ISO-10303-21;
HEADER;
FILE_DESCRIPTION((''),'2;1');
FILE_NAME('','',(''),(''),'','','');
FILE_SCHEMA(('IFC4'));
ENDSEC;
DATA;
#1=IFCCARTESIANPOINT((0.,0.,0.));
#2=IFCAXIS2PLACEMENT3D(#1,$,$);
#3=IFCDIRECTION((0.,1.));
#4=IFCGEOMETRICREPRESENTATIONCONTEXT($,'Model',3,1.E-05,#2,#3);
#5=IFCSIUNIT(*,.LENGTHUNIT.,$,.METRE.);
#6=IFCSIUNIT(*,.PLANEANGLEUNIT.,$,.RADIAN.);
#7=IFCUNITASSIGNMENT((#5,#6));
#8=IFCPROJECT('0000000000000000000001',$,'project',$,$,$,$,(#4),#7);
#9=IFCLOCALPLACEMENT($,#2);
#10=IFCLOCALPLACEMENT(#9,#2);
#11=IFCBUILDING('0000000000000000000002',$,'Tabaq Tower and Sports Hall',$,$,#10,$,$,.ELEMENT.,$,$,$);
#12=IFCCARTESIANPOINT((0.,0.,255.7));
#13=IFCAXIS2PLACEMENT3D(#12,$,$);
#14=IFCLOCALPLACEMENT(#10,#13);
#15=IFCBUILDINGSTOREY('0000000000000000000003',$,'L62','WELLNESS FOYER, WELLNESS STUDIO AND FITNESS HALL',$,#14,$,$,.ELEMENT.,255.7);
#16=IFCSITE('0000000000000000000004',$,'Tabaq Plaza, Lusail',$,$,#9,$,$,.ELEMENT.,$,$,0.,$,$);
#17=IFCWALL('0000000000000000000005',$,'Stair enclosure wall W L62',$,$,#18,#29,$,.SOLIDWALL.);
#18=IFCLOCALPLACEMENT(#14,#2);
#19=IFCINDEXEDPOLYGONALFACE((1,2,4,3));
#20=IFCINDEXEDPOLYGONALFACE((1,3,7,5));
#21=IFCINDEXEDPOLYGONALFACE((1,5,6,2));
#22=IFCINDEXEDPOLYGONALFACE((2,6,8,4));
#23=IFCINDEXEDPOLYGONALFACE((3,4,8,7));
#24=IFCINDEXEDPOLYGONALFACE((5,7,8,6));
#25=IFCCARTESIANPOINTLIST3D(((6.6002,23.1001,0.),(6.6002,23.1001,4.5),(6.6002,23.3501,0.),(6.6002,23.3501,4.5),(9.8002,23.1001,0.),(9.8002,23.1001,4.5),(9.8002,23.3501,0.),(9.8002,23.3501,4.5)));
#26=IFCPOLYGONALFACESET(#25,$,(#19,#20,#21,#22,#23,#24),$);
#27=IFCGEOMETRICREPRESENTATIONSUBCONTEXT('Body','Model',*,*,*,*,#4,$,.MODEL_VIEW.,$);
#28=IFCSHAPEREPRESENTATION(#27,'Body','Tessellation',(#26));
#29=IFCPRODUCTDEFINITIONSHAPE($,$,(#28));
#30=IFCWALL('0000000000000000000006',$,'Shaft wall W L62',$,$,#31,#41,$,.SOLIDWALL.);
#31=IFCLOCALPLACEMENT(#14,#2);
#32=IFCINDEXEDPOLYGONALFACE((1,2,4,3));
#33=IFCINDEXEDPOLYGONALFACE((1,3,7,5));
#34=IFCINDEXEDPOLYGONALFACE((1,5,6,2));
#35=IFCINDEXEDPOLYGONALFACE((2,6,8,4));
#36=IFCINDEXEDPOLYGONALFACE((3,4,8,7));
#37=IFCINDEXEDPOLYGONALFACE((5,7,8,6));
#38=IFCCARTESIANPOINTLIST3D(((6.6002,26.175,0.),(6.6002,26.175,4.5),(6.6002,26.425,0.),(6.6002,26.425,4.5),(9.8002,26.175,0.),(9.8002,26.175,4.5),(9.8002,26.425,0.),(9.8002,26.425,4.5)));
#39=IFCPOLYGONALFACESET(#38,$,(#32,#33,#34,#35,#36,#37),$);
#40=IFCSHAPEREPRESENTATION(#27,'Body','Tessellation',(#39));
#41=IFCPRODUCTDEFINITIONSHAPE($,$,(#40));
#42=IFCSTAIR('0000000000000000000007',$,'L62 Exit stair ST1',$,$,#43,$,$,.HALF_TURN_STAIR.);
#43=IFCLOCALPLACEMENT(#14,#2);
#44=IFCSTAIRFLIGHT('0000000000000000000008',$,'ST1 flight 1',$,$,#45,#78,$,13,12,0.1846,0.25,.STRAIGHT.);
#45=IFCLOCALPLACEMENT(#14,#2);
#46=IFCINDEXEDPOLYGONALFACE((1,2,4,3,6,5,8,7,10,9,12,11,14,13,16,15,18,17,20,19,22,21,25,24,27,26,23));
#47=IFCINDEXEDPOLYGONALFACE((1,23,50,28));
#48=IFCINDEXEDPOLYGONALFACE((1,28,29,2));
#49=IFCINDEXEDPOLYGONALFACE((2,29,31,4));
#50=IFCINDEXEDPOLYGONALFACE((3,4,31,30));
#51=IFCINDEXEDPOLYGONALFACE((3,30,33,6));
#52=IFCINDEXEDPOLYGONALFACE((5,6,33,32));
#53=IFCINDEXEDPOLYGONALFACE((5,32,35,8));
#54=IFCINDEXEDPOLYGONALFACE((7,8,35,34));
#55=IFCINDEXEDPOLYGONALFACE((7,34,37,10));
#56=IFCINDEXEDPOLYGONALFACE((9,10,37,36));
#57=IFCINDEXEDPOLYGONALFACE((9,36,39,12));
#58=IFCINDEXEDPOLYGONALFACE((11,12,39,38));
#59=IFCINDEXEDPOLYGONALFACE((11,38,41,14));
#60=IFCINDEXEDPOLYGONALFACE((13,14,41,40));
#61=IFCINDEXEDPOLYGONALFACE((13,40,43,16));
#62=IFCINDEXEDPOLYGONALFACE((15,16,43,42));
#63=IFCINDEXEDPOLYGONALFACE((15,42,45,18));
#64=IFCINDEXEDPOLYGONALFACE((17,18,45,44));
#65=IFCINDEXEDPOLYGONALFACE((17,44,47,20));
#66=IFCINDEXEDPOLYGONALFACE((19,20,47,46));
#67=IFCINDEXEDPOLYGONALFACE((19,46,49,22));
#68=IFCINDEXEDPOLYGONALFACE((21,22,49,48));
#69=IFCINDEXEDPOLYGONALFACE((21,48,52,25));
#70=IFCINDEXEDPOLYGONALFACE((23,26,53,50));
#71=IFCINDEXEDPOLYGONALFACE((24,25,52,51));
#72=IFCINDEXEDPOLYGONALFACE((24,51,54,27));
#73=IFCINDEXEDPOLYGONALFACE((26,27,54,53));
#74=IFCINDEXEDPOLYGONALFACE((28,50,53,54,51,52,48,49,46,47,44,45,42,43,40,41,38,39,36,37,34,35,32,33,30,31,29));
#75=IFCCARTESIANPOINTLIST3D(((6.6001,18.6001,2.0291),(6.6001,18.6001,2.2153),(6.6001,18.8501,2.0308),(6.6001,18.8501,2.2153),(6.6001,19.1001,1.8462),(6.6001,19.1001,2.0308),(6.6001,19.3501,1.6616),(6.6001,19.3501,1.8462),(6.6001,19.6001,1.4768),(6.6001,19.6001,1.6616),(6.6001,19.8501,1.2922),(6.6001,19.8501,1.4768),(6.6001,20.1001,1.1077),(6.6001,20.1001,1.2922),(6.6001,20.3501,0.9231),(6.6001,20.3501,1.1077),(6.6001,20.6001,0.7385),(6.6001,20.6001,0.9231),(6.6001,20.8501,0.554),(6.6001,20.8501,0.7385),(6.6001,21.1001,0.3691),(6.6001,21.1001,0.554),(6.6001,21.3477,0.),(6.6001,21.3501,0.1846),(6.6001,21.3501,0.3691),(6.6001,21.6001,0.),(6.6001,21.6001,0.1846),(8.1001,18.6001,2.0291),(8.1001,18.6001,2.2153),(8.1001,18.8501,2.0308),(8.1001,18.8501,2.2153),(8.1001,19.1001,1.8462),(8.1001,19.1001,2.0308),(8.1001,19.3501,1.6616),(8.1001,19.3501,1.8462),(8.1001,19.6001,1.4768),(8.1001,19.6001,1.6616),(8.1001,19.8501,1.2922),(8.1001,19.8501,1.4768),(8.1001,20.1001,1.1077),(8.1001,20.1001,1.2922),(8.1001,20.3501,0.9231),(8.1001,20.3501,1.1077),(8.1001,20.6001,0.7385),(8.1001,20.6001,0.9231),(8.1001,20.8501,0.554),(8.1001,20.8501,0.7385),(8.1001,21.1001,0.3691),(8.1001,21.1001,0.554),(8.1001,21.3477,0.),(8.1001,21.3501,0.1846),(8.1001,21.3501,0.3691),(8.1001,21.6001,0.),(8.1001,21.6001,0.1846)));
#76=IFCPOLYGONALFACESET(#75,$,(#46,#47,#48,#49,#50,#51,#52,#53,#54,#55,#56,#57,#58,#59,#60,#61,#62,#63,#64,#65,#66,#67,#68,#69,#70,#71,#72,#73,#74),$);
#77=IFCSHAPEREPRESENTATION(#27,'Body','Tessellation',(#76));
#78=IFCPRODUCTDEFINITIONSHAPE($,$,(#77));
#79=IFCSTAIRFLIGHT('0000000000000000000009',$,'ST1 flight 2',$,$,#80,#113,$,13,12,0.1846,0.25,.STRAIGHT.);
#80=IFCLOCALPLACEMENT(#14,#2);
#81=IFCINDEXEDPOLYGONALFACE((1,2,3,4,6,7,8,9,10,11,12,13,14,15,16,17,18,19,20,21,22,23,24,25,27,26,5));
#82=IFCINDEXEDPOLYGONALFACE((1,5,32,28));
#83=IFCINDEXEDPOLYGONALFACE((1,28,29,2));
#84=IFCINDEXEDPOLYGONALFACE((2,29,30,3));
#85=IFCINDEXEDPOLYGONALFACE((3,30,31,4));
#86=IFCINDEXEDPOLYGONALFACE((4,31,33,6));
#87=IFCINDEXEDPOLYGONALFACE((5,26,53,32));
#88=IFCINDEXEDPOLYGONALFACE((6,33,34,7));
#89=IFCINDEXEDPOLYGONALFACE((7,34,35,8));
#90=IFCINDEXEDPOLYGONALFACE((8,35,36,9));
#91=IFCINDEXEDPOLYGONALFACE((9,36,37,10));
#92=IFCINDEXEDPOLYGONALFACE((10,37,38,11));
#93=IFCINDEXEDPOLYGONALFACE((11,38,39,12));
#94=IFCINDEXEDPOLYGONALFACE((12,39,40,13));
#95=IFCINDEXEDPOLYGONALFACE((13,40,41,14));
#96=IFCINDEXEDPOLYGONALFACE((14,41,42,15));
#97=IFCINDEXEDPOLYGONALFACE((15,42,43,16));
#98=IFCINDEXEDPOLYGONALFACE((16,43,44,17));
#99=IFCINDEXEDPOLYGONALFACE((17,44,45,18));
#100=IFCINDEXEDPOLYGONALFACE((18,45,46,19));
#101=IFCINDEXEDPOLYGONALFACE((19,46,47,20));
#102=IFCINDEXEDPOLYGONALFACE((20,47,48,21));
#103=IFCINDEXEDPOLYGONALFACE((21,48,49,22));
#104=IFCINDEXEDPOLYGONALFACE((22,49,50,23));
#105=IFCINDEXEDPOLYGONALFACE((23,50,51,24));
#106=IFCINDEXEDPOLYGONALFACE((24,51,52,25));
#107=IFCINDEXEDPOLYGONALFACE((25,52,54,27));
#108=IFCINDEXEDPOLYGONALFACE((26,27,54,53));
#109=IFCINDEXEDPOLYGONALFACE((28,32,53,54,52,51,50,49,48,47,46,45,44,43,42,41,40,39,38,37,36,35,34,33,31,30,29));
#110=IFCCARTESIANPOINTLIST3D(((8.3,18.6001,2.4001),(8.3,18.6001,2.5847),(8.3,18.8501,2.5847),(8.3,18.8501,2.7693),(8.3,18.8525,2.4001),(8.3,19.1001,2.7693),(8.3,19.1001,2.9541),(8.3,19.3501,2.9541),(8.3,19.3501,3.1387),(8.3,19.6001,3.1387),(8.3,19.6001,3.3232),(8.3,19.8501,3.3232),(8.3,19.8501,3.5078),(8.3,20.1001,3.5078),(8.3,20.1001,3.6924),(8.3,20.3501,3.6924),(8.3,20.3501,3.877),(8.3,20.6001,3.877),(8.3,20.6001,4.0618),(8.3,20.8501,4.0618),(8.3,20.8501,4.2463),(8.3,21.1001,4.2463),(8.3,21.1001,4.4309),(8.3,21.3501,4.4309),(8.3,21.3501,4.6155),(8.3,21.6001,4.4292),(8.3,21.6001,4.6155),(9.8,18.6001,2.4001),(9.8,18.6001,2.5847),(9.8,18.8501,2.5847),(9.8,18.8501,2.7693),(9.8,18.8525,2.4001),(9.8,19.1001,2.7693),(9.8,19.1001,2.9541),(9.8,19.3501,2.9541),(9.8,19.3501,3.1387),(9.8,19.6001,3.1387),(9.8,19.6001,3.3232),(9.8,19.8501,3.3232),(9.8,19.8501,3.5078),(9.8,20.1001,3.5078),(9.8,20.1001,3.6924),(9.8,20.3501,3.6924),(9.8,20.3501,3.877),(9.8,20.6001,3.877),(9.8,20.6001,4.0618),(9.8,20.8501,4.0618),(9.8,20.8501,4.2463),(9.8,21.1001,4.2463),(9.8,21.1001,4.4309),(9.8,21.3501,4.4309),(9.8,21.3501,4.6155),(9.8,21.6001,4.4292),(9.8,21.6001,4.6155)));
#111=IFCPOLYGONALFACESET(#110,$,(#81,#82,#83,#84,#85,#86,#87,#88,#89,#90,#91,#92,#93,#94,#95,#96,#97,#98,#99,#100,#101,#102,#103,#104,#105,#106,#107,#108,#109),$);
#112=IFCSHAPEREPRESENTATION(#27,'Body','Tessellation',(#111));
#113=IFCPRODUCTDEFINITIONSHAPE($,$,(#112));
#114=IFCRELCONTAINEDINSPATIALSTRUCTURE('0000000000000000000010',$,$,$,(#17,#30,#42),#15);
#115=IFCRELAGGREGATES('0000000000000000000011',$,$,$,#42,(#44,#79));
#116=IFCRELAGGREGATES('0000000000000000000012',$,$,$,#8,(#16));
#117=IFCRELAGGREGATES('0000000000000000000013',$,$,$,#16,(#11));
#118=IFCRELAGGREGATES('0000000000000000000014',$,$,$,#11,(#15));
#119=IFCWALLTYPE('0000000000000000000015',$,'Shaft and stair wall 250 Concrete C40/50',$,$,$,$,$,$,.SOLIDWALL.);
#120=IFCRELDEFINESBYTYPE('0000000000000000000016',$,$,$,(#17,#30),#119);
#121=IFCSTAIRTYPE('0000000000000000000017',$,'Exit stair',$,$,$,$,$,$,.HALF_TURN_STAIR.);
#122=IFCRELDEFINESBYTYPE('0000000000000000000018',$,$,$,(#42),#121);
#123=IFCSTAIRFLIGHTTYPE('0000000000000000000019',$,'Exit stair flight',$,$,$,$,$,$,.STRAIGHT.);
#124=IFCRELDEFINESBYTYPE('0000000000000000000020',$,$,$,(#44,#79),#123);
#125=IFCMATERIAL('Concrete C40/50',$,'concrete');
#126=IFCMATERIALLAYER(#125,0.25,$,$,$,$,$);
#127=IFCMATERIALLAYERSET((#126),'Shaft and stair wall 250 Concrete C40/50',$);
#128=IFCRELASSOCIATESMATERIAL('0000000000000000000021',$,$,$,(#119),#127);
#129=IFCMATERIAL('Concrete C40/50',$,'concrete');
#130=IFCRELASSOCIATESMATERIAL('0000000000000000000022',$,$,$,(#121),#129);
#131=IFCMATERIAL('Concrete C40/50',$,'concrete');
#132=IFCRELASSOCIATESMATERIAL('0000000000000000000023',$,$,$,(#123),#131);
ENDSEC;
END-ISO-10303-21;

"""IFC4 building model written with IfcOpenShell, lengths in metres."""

from ifc_helpers import new_model, si_unit, direction, frame, frame_2d, origin, place, context, subcontext, project, spatial, polyline, rectangle, outline, extrude, material, layer, layer_set, type_object, element, aggregate, save


model = new_model("IFC4")

# Units and contexts
model_context = context("Model", 3, precision=1e-05, world=origin(), true_north=direction((0.0, 1.0)))
body_context = subcontext(model_context, "Body", "Model", "MODEL_VIEW")
ifc_project = project(units=[si_unit("LENGTHUNIT", "METRE"), si_unit("PLANEANGLEUNIT", "RADIAN")], contexts=[model_context])

# Site, building, storey
site_placement = place(None, origin())
site = spatial("IfcSite", under=ifc_project, at=site_placement, Name="Tabaq Plaza, Lusail", CompositionType="ELEMENT", RefElevation=0.0)
building_placement = place(site_placement, origin())
building = spatial("IfcBuilding", under=site, at=building_placement, Name="Tabaq Tower and Sports Hall", CompositionType="ELEMENT")
storey_placement = place(building_placement, frame((0.0, 0.0, 255.7)))
storey = spatial("IfcBuildingStorey", under=building, at=storey_placement, Name="L62", Description="WELLNESS FOYER, WELLNESS STUDIO AND FITNESS HALL", CompositionType="ELEMENT", Elevation=255.7)

# Shared definitions
ifc_material_1 = material(Name="Concrete C40/50", Category="concrete")
ifc_layer_1 = layer(ifc_material_1, 0.25)
ifc_layer_set_1 = layer_set([ifc_layer_1], Name="Shaft and stair wall 250 Concrete C40/50")
wall_type_1 = type_object("IfcWallType", Name="Shaft and stair wall 250 Concrete C40/50", PredefinedType="SOLIDWALL", material=ifc_layer_set_1)

# Walls
for number, where, z_axis, x_axis, name in (
    (1, (6.6001, 23.2251, 0.0), (0.0, 0.0, 1.0), (1.0, 0.0, 0.0), "Stair enclosure wall W L62"),
    (2, (6.6001, 26.3, 0.0), (0.0, 0.0, 1.0), (1.0, 0.0, 0.0), "Shaft wall W L62"),
):
    element("IfcWall", number, at=place(storey_placement, frame(where, z_axis=z_axis, x_axis=x_axis)), inside=storey, type_object=wall_type_1, Name=name, PredefinedType="SOLIDWALL", context=body_context, shape_type="SweptSolid", body=[
        extrude(rectangle(XDim=3.2, YDim=0.25, at=frame_2d((1.6001, 0.0))), origin(), (0.0, 0.0, 1.0), 4.5),
    ])

# Stair, stair flights
ifc_material_2 = material(Name="Concrete C40/50", Category="concrete")
stair_type = type_object("IfcStairType", Name="Exit stair", PredefinedType="HALF_TURN_STAIR", material=ifc_material_2)
stair_placement = place(storey_placement, origin())
stair = element("IfcStair", 3, at=stair_placement, inside=storey, type_object=stair_type, Name="L62 Exit stair ST1", PredefinedType="HALF_TURN_STAIR")
ifc_material_3 = material(Name="Concrete C40/50", Category="concrete")
stair_flight_type = type_object("IfcStairFlightType", Name="Exit stair flight", PredefinedType="STRAIGHT", material=ifc_material_3)
stair_flight_1_placement = place(storey_placement, frame((7.3501, 21.6001, 0.0), z_axis=(0.0, 0.0, 1.0), x_axis=(0.0, -1.0, 0.0)))
stair_flight_1 = element("IfcStairFlight", 4, at=stair_flight_1_placement, type_object=stair_flight_type, Name="ST1 flight 1", NumberOfRisers=13, NumberOfTreads=12, PredefinedType="STRAIGHT", RiserHeight=0.1846, TreadLength=0.25, context=body_context, shape_type="SweptSolid", body=[
    extrude(outline(polyline([(0.0, 0.0), (0.0, 0.1846), (0.25, 0.1846), (0.25, 0.3691), (0.5, 0.3691), (0.5, 0.554), (0.75, 0.554), (0.75, 0.7385), (1.0, 0.7385), (1.0, 0.9231), (1.25, 0.9231), (1.25, 1.1077), (1.5, 1.1077), (1.5, 1.2922), (1.75, 1.2922), (1.75, 1.4768), (2.0, 1.4768), (2.0, 1.6616), (2.25, 1.6616), (2.25, 1.8462), (2.5, 1.8462), (2.5, 2.0308), (2.75, 2.0308), (2.75, 2.2153), (3.0, 2.2153), (3.0, 2.3999), (3.0, 2.0291), (0.2524, 0.0), (0.0, 0.0)])), frame((0.0, 0.75, 0.0), z_axis=(0.0, -1.0, 0.0), x_axis=(1.0, 0.0, 0.0)), (0.0, 0.0, 1.0), 1.5),
])
stair_flight_2_placement = place(storey_placement, frame((9.05, 18.6001, 2.4001), z_axis=(0.0, 0.0, 1.0), x_axis=(0.0, 1.0, 0.0)))
stair_flight_2 = element("IfcStairFlight", 5, at=stair_flight_2_placement, type_object=stair_flight_type, Name="ST1 flight 2", NumberOfRisers=13, NumberOfTreads=12, PredefinedType="STRAIGHT", RiserHeight=0.1846, TreadLength=0.25, context=body_context, shape_type="SweptSolid", body=[
    extrude(outline(polyline([(0.0, 0.0), (0.0, 0.1846), (0.25, 0.1846), (0.25, 0.3691), (0.5, 0.3691), (0.5, 0.554), (0.75, 0.554), (0.75, 0.7385), (1.0, 0.7385), (1.0, 0.9231), (1.25, 0.9231), (1.25, 1.1077), (1.5, 1.1077), (1.5, 1.2922), (1.75, 1.2922), (1.75, 1.4768), (2.0, 1.4768), (2.0, 1.6616), (2.25, 1.6616), (2.25, 1.8462), (2.5, 1.8462), (2.5, 2.0308), (2.75, 2.0308), (2.75, 2.2153), (3.0, 2.2153), (3.0, 2.3999), (3.0, 2.0291), (0.2524, 0.0), (0.0, 0.0)])), frame((0.0, 0.75, 0.0), z_axis=(0.0, -1.0, 0.0), x_axis=(1.0, 0.0, 0.0)), (0.0, 0.0, 1.0), 1.5),
])
aggregate(stair, [stair_flight_1, stair_flight_2])

save(model, "model.ifc")
